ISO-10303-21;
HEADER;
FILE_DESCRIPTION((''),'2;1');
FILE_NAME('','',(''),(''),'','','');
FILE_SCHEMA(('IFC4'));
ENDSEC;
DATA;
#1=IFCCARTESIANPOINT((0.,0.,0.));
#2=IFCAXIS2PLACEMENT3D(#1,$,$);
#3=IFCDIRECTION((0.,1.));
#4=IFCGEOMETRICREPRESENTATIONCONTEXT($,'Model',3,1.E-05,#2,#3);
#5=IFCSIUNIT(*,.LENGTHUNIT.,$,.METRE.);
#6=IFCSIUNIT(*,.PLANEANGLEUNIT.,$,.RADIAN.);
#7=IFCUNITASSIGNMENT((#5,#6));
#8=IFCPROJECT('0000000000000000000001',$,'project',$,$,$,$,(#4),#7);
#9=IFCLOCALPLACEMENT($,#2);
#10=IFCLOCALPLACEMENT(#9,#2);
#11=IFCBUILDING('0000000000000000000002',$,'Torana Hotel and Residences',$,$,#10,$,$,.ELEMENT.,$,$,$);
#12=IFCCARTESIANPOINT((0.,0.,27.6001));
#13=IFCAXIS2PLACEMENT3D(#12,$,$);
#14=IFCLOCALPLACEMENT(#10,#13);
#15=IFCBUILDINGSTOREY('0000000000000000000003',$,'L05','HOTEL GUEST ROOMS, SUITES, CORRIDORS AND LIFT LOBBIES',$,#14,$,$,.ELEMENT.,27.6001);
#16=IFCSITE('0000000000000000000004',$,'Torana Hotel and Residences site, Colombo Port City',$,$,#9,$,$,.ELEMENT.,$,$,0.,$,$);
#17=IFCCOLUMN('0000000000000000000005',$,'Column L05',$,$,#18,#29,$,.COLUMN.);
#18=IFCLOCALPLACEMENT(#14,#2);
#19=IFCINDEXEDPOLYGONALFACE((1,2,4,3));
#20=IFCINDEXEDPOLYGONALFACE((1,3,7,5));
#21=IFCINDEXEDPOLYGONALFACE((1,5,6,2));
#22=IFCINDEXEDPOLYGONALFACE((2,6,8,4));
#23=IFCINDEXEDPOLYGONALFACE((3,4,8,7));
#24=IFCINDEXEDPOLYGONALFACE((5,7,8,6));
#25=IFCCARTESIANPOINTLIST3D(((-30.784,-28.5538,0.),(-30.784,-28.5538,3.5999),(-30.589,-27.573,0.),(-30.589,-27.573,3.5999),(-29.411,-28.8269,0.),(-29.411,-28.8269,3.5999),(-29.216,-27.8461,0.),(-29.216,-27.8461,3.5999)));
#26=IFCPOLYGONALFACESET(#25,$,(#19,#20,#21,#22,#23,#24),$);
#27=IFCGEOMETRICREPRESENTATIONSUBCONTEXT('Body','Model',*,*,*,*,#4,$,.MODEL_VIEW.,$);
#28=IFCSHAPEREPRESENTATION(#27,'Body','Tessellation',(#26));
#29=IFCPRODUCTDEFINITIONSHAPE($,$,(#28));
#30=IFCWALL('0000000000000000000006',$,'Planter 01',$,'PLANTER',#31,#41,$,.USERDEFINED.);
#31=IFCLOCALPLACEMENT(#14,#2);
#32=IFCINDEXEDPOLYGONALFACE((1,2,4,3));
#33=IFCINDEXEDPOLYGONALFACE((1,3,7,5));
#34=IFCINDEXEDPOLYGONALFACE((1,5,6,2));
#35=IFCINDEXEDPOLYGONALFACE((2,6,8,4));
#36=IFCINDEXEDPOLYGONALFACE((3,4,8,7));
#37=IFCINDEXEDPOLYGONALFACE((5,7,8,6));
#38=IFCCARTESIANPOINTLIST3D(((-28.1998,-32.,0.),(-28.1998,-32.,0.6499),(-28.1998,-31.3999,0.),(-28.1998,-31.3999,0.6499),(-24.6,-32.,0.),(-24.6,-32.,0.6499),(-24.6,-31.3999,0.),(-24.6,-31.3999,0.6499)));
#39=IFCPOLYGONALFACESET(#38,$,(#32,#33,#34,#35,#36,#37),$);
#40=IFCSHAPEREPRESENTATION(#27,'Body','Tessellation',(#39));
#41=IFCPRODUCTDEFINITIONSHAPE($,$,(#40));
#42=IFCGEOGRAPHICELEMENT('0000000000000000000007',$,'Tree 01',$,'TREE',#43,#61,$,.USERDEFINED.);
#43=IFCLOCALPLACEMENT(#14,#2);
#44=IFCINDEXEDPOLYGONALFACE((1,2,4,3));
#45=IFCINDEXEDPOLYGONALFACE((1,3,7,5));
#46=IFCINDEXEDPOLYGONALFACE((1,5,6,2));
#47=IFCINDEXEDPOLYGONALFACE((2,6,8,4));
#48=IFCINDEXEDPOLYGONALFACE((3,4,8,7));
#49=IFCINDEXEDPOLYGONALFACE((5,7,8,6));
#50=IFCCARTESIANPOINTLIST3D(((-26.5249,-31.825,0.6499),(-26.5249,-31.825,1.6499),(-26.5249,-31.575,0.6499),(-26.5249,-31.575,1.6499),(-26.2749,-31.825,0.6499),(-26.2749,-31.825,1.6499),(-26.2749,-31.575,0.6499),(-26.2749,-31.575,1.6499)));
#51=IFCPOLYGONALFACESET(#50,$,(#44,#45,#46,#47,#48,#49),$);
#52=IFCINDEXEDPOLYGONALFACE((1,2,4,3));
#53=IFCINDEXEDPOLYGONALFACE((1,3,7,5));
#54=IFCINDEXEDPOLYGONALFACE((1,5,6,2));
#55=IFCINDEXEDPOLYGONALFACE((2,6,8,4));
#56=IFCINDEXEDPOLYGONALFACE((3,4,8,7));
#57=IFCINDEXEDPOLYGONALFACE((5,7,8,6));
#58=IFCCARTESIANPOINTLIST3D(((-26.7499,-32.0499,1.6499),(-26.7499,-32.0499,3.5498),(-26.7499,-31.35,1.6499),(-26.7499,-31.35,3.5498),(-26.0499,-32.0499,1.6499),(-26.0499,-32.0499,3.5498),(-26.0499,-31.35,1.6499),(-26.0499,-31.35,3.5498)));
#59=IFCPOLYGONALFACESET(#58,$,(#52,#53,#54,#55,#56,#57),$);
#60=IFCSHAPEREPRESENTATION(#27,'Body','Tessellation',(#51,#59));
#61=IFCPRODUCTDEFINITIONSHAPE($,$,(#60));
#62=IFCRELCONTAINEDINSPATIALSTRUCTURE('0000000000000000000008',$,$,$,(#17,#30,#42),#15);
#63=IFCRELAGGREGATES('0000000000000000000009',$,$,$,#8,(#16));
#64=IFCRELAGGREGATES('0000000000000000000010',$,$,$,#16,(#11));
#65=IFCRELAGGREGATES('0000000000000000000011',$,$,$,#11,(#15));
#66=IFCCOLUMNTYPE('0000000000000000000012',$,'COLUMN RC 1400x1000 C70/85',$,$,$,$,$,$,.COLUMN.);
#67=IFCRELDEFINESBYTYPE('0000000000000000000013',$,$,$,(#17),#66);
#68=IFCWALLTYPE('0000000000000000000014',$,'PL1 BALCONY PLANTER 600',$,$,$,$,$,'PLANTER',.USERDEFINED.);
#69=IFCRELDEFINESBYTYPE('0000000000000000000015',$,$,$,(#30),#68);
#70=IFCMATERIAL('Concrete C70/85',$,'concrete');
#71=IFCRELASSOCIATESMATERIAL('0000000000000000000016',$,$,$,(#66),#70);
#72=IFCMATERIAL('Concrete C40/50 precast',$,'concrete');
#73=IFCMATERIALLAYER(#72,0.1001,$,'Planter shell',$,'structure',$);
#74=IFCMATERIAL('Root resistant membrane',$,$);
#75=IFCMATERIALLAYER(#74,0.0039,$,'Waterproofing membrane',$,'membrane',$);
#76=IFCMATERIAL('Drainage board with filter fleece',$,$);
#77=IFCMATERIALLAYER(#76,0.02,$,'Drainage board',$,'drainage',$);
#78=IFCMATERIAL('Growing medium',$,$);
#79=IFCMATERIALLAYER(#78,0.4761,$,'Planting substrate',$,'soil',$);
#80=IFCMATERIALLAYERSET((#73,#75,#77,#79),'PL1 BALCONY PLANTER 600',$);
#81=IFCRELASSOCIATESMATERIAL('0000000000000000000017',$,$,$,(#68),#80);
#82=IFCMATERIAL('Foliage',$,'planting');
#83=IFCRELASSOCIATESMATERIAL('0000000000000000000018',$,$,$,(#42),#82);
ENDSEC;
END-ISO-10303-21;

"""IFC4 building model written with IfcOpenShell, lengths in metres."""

from ifc_helpers import new_model, si_unit, direction, frame, frame_2d, origin, origin_2d, place, context, subcontext, project, spatial, rectangle, extrude, material, layer, layer_set, material_profile, profile_set, type_object, element, save


model = new_model("IFC4")

# Units and contexts
model_context = context("Model", 3, precision=1e-05, world=origin(), true_north=direction((0.0, 1.0)))
body_context = subcontext(model_context, "Body", "Model", "MODEL_VIEW")
ifc_project = project(units=[si_unit("LENGTHUNIT", "METRE"), si_unit("PLANEANGLEUNIT", "RADIAN")], contexts=[model_context])

# Site, building, storey
site_placement = place(None, origin())
site = spatial("IfcSite", under=ifc_project, at=site_placement, Name="Torana Hotel and Residences site, Colombo Port City", CompositionType="ELEMENT", RefElevation=0.0)
building_placement = place(site_placement, origin())
building = spatial("IfcBuilding", under=site, at=building_placement, Name="Torana Hotel and Residences", CompositionType="ELEMENT")
storey_placement = place(building_placement, frame((0.0, 0.0, 27.6001)))
storey = spatial("IfcBuildingStorey", under=building, at=storey_placement, Name="L05", Description="HOTEL GUEST ROOMS, SUITES, CORRIDORS AND LIFT LOBBIES", CompositionType="ELEMENT", Elevation=27.6001)

# Column
ifc_material_1 = material(Name="Concrete C70/85", Category="concrete")
ifc_material_profile = material_profile(ifc_material_1, rectangle(XDim=1.3999, YDim=1.0, at=origin_2d()), Name="RC 1400x1000")
ifc_profile_set = profile_set([ifc_material_profile], Name="Concrete C70/85")
column_type = type_object("IfcColumnType", Name="COLUMN RC 1400x1000 C70/85", PredefinedType="COLUMN", material=ifc_profile_set)
column_placement = place(storey_placement, frame((-30.0, -28.2, 0.0), z_axis=(0.0, 0.0, 1.0), x_axis=(-0.980792, 0.195056, 0.0)))
element("IfcColumn", 1, at=column_placement, inside=storey, type_object=column_type, Name="Column L05", PredefinedType="COLUMN", context=body_context, shape_type="SweptSolid", body=[
    extrude(rectangle(XDim=1.3999, YDim=1.0, at=origin_2d()), origin(), (0.0, 0.0, 1.0), 3.5999),
])

# Wall
ifc_material_2 = material(Name="Concrete C40/50 precast", Category="concrete")
ifc_layer_1 = layer(ifc_material_2, 0.1001, Name="Planter shell", Category="structure")
ifc_material_3 = material(Name="Root resistant membrane")
ifc_layer_2 = layer(ifc_material_3, 0.0039, Name="Waterproofing membrane", Category="membrane")
ifc_material_4 = material(Name="Drainage board with filter fleece")
ifc_layer_3 = layer(ifc_material_4, 0.02, Name="Drainage board", Category="drainage")
ifc_material_5 = material(Name="Growing medium")
ifc_layer_4 = layer(ifc_material_5, 0.4761, Name="Planting substrate", Category="soil")
ifc_layer_set_1 = layer_set([ifc_layer_1, ifc_layer_2, ifc_layer_3, ifc_layer_4], Name="PL1 BALCONY PLANTER 600")
wall_type_1 = type_object("IfcWallType", Name="PL1 BALCONY PLANTER 600", ElementType="PLANTER", PredefinedType="USERDEFINED", material=ifc_layer_set_1)
wall_1_placement = place(storey_placement, frame((-24.6001, -31.7, 0.0), z_axis=(0.0, 0.0, 1.0), x_axis=(-1.0, 0.0, 0.0)))
element("IfcWall", 2, at=wall_1_placement, inside=storey, type_object=wall_type_1, Name="Planter 01", ObjectType="PLANTER", PredefinedType="USERDEFINED", context=body_context, shape_type="SweptSolid", body=[
    extrude(rectangle(XDim=3.5999, YDim=0.6001, at=frame_2d((1.7998, 0.0))), origin(), (0.0, 0.0, 1.0), 0.6499),
])

# Geographic element
ifc_material_6 = material(Name="Foliage", Category="planting")
geographic_element_placement = place(storey_placement, frame((-26.3999, -31.7, 0.6499), z_axis=(0.0, 0.0, 1.0), x_axis=(1.0, 0.0, 0.0)))
element("IfcGeographicElement", 3, at=geographic_element_placement, inside=storey, material=ifc_material_6, Name="Tree 01", ObjectType="TREE", PredefinedType="USERDEFINED", context=body_context, shape_type="SweptSolid", body=[
    extrude(rectangle(XDim=0.25, YDim=0.25, at=origin_2d()), origin(), (0.0, 0.0, 1.0), 1.0),
    extrude(rectangle(XDim=0.7, YDim=0.7, at=origin_2d()), frame((0.0, 0.0, 1.0)), (0.0, 0.0, 1.0), 1.8999),
])

save(model, "model.ifc")
